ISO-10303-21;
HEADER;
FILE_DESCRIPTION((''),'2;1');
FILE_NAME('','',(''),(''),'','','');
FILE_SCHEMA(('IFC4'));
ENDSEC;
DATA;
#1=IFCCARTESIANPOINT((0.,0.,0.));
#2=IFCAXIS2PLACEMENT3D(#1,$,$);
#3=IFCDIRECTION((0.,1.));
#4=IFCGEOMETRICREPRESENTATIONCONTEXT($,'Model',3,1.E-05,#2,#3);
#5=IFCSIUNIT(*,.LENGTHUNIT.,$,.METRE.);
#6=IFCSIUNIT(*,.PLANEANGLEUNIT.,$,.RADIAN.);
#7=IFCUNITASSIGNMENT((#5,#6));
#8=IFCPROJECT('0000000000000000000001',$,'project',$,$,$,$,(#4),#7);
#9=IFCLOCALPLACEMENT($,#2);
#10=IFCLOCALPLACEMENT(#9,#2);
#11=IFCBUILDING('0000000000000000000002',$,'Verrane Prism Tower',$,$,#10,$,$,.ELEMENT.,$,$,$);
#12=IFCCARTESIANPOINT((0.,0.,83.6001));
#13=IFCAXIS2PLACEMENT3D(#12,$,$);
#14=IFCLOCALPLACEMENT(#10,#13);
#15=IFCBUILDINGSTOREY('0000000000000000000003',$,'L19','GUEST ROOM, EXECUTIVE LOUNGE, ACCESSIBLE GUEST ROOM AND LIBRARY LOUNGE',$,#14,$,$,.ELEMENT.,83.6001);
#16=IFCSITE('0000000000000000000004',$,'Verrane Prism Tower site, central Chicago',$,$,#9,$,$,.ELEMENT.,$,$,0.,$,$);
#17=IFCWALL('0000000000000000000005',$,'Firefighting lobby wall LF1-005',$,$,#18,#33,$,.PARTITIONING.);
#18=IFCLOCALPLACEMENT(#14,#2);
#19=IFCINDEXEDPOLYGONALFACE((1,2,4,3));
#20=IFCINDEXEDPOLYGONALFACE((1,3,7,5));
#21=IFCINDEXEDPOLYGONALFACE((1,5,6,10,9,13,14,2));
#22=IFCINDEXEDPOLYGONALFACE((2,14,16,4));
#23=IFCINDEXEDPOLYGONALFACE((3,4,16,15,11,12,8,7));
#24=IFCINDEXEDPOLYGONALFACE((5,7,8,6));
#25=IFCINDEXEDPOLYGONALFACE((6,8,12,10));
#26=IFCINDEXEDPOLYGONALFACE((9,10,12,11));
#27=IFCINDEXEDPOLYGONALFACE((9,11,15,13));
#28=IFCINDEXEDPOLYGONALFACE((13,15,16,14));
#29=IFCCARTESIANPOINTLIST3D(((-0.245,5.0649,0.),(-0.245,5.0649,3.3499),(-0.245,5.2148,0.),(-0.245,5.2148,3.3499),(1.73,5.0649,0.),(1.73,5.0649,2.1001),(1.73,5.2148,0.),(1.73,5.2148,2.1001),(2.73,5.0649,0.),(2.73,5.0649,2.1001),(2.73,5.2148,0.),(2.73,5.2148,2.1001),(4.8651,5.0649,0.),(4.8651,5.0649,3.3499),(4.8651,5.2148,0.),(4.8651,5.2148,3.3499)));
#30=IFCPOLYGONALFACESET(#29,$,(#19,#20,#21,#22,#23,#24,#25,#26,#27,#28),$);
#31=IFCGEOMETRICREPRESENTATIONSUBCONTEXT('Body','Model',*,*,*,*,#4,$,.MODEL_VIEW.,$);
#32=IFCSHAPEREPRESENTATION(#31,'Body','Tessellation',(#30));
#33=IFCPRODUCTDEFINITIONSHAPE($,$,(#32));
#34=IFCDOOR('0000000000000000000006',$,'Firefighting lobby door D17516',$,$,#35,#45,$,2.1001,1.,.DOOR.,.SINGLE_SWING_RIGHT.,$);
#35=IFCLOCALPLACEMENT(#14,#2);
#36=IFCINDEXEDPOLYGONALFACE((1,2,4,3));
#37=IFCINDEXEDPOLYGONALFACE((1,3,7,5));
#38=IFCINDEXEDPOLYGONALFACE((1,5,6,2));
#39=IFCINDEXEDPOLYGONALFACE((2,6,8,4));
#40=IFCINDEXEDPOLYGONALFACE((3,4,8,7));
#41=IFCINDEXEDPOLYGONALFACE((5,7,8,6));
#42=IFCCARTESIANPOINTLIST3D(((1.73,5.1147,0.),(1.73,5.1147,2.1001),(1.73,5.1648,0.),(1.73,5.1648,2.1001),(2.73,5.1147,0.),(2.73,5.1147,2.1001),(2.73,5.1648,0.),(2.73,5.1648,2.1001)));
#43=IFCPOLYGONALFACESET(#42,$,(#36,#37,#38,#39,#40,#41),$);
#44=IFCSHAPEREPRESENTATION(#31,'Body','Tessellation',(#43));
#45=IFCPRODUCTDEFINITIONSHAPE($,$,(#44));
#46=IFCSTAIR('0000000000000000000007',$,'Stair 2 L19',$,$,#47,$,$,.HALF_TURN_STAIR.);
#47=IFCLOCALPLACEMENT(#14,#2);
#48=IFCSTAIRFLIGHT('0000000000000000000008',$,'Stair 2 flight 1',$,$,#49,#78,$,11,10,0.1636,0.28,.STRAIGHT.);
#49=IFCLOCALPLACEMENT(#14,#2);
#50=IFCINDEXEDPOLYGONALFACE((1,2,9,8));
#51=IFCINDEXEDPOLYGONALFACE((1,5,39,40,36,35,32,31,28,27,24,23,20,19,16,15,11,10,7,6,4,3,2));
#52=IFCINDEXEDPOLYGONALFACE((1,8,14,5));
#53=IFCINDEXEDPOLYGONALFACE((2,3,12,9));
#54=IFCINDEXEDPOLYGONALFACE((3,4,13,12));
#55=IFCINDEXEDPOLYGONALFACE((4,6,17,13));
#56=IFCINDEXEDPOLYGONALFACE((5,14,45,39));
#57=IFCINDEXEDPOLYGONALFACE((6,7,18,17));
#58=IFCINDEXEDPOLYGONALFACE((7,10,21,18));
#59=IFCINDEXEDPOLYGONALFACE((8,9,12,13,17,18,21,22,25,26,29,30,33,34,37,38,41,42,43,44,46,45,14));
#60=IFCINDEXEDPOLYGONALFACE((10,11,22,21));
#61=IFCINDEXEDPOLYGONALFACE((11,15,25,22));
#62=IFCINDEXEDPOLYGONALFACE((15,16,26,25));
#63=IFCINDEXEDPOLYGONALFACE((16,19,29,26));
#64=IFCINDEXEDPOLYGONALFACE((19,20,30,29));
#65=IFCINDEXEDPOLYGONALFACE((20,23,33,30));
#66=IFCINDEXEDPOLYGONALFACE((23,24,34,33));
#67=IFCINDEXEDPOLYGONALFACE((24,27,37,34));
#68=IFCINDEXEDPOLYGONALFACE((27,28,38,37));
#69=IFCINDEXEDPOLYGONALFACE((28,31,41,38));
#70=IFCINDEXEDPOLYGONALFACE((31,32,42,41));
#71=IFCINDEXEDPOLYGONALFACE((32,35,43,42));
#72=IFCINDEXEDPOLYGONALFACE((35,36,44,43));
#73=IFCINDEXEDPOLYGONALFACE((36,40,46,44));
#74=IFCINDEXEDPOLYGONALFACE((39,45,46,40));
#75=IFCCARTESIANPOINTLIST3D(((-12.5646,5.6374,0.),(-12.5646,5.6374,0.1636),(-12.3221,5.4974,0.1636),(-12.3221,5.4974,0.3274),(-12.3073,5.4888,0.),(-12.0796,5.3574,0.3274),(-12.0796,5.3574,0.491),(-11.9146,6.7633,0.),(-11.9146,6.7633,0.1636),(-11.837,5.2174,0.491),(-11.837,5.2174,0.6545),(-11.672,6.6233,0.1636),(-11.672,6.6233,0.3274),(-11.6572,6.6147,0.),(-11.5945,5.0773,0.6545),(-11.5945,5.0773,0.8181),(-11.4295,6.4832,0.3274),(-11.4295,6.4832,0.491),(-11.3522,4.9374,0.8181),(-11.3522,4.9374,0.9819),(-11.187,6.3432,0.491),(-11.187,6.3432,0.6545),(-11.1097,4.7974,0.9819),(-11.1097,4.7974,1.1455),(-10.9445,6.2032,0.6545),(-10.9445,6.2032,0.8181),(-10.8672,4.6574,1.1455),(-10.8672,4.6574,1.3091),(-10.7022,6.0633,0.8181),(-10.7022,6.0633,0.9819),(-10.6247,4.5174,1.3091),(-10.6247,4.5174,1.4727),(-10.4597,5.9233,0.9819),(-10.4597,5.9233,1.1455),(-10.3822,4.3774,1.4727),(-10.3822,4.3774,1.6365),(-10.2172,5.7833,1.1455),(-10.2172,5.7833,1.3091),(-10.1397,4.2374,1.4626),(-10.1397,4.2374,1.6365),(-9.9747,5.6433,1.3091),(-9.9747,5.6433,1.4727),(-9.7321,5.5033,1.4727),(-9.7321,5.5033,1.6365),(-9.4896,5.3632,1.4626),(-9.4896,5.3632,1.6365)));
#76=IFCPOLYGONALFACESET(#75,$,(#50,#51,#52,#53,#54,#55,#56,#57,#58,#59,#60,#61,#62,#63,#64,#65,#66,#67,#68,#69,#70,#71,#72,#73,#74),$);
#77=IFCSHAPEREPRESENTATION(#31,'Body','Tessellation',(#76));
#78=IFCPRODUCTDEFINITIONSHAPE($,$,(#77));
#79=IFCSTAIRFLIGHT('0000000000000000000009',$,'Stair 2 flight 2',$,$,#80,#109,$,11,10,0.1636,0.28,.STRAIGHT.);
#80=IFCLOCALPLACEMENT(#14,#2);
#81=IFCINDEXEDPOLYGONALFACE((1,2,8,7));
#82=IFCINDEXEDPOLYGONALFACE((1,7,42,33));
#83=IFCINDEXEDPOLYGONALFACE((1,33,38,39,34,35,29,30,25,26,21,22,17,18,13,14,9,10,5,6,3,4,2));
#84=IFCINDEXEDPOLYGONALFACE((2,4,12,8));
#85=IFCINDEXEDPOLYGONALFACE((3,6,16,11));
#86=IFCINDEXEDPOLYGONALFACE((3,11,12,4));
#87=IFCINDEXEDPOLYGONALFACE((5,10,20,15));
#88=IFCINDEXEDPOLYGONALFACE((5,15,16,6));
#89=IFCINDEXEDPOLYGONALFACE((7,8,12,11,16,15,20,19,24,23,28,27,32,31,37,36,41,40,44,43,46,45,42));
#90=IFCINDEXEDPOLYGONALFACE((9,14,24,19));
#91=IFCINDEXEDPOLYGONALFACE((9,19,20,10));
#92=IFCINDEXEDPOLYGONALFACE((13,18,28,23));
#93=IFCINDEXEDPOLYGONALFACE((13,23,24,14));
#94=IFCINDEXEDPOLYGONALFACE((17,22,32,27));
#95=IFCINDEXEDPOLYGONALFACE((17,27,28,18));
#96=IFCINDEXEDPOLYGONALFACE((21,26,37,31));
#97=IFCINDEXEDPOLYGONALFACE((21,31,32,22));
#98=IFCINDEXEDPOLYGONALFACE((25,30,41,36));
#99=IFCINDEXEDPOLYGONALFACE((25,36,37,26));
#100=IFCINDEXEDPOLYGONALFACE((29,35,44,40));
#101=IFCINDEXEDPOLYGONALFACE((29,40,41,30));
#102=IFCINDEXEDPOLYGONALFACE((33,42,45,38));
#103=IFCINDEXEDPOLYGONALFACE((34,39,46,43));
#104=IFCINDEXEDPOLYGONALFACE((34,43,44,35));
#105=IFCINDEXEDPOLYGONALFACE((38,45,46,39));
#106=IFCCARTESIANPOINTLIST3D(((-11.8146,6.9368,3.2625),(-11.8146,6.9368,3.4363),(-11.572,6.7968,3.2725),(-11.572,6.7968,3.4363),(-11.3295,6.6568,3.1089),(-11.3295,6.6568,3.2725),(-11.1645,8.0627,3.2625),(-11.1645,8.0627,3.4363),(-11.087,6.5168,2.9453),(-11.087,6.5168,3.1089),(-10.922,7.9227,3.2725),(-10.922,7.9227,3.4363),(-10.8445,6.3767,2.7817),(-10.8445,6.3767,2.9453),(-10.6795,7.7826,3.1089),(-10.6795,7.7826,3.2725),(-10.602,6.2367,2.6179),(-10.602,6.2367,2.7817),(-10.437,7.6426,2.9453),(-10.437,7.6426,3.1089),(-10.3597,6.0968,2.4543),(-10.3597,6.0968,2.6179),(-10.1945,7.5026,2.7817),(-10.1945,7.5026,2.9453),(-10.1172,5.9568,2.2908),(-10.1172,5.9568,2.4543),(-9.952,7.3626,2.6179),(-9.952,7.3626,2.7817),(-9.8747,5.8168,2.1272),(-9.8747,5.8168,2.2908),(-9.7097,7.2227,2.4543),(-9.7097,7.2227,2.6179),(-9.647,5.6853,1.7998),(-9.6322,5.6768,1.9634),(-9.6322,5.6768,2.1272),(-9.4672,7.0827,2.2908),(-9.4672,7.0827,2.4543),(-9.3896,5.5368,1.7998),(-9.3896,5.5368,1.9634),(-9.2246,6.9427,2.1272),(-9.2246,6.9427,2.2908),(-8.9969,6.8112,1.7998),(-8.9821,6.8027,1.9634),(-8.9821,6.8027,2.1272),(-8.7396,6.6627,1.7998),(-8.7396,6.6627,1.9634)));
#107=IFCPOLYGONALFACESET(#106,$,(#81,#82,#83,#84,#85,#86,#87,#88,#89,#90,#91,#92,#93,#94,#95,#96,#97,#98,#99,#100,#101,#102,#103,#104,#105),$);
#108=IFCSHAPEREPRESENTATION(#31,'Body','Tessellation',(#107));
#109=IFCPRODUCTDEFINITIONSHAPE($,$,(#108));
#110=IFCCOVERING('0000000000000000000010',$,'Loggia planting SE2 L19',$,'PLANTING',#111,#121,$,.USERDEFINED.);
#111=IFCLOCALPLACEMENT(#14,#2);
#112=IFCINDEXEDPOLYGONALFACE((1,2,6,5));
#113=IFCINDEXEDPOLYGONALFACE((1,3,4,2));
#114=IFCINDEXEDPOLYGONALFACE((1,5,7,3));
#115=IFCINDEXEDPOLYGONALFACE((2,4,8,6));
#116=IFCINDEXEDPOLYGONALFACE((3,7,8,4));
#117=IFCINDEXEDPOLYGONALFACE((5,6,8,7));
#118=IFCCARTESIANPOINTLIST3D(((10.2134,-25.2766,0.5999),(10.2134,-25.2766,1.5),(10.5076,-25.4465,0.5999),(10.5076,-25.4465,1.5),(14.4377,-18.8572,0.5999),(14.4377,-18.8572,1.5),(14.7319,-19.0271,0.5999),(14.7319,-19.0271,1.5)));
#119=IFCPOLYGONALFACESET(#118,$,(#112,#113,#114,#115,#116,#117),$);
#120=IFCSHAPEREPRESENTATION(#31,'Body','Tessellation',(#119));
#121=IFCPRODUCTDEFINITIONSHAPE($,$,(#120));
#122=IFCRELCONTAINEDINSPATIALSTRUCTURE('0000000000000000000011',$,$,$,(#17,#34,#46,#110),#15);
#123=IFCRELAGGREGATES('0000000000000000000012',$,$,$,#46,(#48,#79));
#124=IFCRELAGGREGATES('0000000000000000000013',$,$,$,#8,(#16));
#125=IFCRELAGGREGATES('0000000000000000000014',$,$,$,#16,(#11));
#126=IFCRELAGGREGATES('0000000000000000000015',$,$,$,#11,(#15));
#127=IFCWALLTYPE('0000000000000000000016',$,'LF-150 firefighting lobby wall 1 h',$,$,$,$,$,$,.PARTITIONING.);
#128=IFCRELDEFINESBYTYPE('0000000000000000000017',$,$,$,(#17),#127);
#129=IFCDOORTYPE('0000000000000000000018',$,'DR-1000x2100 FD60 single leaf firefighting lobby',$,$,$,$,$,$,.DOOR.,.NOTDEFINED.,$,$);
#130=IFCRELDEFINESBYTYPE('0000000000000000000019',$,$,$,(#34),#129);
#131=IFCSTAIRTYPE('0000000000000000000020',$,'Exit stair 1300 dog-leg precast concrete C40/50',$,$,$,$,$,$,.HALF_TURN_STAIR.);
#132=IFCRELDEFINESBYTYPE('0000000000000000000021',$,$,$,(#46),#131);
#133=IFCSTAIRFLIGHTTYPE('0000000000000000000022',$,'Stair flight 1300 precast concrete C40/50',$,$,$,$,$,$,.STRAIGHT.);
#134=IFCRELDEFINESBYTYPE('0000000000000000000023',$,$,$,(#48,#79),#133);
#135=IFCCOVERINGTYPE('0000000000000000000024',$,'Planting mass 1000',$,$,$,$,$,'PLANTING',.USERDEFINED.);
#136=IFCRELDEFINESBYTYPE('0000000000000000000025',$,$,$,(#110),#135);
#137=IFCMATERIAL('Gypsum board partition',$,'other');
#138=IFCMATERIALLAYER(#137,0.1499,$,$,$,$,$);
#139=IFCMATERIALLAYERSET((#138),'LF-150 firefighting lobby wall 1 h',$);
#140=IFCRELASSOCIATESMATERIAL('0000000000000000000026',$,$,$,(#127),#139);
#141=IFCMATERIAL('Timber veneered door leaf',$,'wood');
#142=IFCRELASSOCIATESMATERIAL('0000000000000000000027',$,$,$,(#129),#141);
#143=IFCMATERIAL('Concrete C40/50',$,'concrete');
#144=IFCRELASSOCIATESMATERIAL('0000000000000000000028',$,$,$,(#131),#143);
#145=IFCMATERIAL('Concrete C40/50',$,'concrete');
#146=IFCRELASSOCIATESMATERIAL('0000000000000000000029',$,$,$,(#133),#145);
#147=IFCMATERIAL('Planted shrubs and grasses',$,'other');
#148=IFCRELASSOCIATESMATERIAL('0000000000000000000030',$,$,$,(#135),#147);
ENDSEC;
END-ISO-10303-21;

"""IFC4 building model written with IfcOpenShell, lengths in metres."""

from ifc_helpers import new_model, si_unit, direction, frame, frame_2d, origin, place, context, subcontext, project, spatial, polyline, rectangle, outline, extrude, material, layer, layer_set, type_object, element, fill, aggregate, save


model = new_model("IFC4")

# Units and contexts
model_context = context("Model", 3, precision=1e-05, world=origin(), true_north=direction((0.0, 1.0)))
body_context = subcontext(model_context, "Body", "Model", "MODEL_VIEW")
ifc_project = project(units=[si_unit("LENGTHUNIT", "METRE"), si_unit("PLANEANGLEUNIT", "RADIAN")], contexts=[model_context])

# Site, building, storey
site_placement = place(None, origin())
site = spatial("IfcSite", under=ifc_project, at=site_placement, Name="Verrane Prism Tower site, central Chicago", CompositionType="ELEMENT", RefElevation=0.0)
building_placement = place(site_placement, origin())
building = spatial("IfcBuilding", under=site, at=building_placement, Name="Verrane Prism Tower", CompositionType="ELEMENT")
storey_placement = place(building_placement, frame((0.0, 0.0, 83.6001)))
storey = spatial("IfcBuildingStorey", under=building, at=storey_placement, Name="L19", Description="GUEST ROOM, EXECUTIVE LOUNGE, ACCESSIBLE GUEST ROOM AND LIBRARY LOUNGE", CompositionType="ELEMENT", Elevation=83.6001)

# Shared definitions
ifc_material_1 = material(Name="Gypsum board partition", Category="other")
ifc_layer_1 = layer(ifc_material_1, 0.1499)
ifc_layer_set_1 = layer_set([ifc_layer_1], Name="LF-150 firefighting lobby wall 1 h")
wall_type_1 = type_object("IfcWallType", Name="LF-150 firefighting lobby wall 1 h", PredefinedType="PARTITIONING", material=ifc_layer_set_1)

# Shared definitions
ifc_material_2 = material(Name="Timber veneered door leaf", Category="wood")
door_type_1 = type_object("IfcDoorType", Name="DR-1000x2100 FD60 single leaf firefighting lobby", OperationType="NOTDEFINED", PredefinedType="DOOR", material=ifc_material_2)

# Wall, opening, door
wall_1_placement = place(storey_placement, frame((-0.2451, 5.1399, 0.0), z_axis=(0.0, 0.0, 1.0), x_axis=(1.0, 0.0, 0.0)))
wall_1 = element("IfcWall", 1, at=wall_1_placement, inside=storey, type_object=wall_type_1, Name="Firefighting lobby wall LF1-005", PredefinedType="PARTITIONING", context=body_context, shape_type="SweptSolid", body=[
    extrude(rectangle(XDim=5.1101, YDim=0.1499, at=frame_2d((2.5552, 0.0))), origin(), (0.0, 0.0, 1.0), 3.3499),
])
opening_1_placement = place(wall_1_placement, frame((1.9751, 0.0, 0.0)))
opening_1 = element("IfcOpeningElement", 2, at=opening_1_placement, cuts=wall_1, PredefinedType="OPENING", context=body_context, shape_type="SweptSolid", body=[
    extrude(rectangle(XDim=1.0, YDim=2.1001, at=frame_2d((0.5, 1.05))), frame((0.0, 0.085, 0.0), z_axis=(0.0, -1.0, 0.0), x_axis=(1.0, 0.0, 0.0)), (0.0, 0.0, 1.0), 0.1699),
])
door_1_placement = place(opening_1_placement, origin())
door_1 = element("IfcDoor", 3, at=door_1_placement, inside=storey, type_object=door_type_1, Name="Firefighting lobby door D17516", OperationType="SINGLE_SWING_RIGHT", OverallHeight=2.1001, OverallWidth=1.0, PredefinedType="DOOR", context=body_context, shape_type="SweptSolid", body=[
    extrude(rectangle(XDim=1.0, YDim=2.1001, at=frame_2d((0.5, 1.05))), frame((0.0, 0.0249, 0.0), z_axis=(0.0, -1.0, 0.0), x_axis=(1.0, 0.0, 0.0)), (0.0, 0.0, 1.0), 0.05),
])
fill(opening_1, door_1)

# Stair, stair flights
ifc_material_3 = material(Name="Concrete C40/50", Category="concrete")
stair_type = type_object("IfcStairType", Name="Exit stair 1300 dog-leg precast concrete C40/50", PredefinedType="HALF_TURN_STAIR", material=ifc_material_3)
stair_placement = place(storey_placement, origin())
stair = element("IfcStair", 4, at=stair_placement, inside=storey, type_object=stair_type, Name="Stair 2 L19", PredefinedType="HALF_TURN_STAIR")
ifc_material_4 = material(Name="Concrete C40/50", Category="concrete")
stair_flight_type = type_object("IfcStairFlightType", Name="Stair flight 1300 precast concrete C40/50", PredefinedType="STRAIGHT", material=ifc_material_4)
stair_flight_1_placement = place(storey_placement, frame((-12.2395, 6.2004, 0.0), z_axis=(0.0, 0.0, 1.0), x_axis=(0.866025, -0.5, 0.0)))
stair_flight_1 = element("IfcStairFlight", 5, at=stair_flight_1_placement, type_object=stair_flight_type, Name="Stair 2 flight 1", NumberOfRisers=11, NumberOfTreads=10, PredefinedType="STRAIGHT", RiserHeight=0.1636, TreadLength=0.28, context=body_context, shape_type="SweptSolid", body=[
    extrude(outline(polyline([(0.0, 0.0), (0.0, 0.1636), (0.28, 0.1636), (0.28, 0.3274), (0.5601, 0.3274), (0.5601, 0.491), (0.8401, 0.491), (0.8401, 0.6545), (1.1201, 0.6545), (1.1201, 0.8181), (1.3999, 0.8181), (1.3999, 0.9819), (1.6799, 0.9819), (1.6799, 1.1455), (1.96, 1.1455), (1.96, 1.3091), (2.24, 1.3091), (2.24, 1.4727), (2.52, 1.4727), (2.52, 1.6365), (2.8, 1.6365), (2.8, 1.8), (2.8, 1.4626), (0.2971, 0.0), (0.0, 0.0)])), frame((0.0, 0.6499, 0.0), z_axis=(0.0, -1.0, 0.0), x_axis=(1.0, 0.0, 0.0)), (0.0, 0.0, 1.0), 1.3),
])
stair_flight_2_placement = place(storey_placement, frame((-9.0647, 6.0996, 1.7998), z_axis=(0.0, 0.0, 1.0), x_axis=(-0.866025, 0.5, 0.0)))
stair_flight_2 = element("IfcStairFlight", 6, at=stair_flight_2_placement, type_object=stair_flight_type, Name="Stair 2 flight 2", NumberOfRisers=11, NumberOfTreads=10, PredefinedType="STRAIGHT", RiserHeight=0.1636, TreadLength=0.28, context=body_context, shape_type="SweptSolid", body=[
    extrude(outline(polyline([(0.0, 0.0), (0.0, 0.1636), (0.28, 0.1636), (0.28, 0.3274), (0.5601, 0.3274), (0.5601, 0.491), (0.8401, 0.491), (0.8401, 0.6545), (1.1201, 0.6545), (1.1201, 0.8181), (1.3999, 0.8181), (1.3999, 0.9819), (1.6799, 0.9819), (1.6799, 1.1455), (1.96, 1.1455), (1.96, 1.3091), (2.24, 1.3091), (2.24, 1.4727), (2.52, 1.4727), (2.52, 1.6365), (2.8, 1.6365), (2.8, 1.8), (2.8, 1.4626), (0.2971, 0.0), (0.0, 0.0)])), frame((0.0, 0.6499, 0.0), z_axis=(0.0, -1.0, 0.0), x_axis=(1.0, 0.0, 0.0)), (0.0, 0.0, 1.0), 1.3),
])
aggregate(stair, [stair_flight_1, stair_flight_2])

# Covering
ifc_material_5 = material(Name="Planted shrubs and grasses", Category="other")
covering_type = type_object("IfcCoveringType", Name="Planting mass 1000", ElementType="PLANTING", PredefinedType="USERDEFINED", material=ifc_material_5)
covering_placement = place(storey_placement, frame((0.0, 0.0, 0.5999)))
element("IfcCovering", 7, at=covering_placement, inside=storey, type_object=covering_type, Name="Loggia planting SE2 L19", ObjectType="PLANTING", PredefinedType="USERDEFINED", context=body_context, shape_type="SweptSolid", body=[
    extrude(outline(polyline([(14.7319, -19.0271), (14.4377, -18.8572), (10.2134, -25.2766), (10.5076, -25.4465), (14.7319, -19.0271)])), origin(), (0.0, 0.0, 1.0), 0.9001),
])

save(model, "model.ifc")
